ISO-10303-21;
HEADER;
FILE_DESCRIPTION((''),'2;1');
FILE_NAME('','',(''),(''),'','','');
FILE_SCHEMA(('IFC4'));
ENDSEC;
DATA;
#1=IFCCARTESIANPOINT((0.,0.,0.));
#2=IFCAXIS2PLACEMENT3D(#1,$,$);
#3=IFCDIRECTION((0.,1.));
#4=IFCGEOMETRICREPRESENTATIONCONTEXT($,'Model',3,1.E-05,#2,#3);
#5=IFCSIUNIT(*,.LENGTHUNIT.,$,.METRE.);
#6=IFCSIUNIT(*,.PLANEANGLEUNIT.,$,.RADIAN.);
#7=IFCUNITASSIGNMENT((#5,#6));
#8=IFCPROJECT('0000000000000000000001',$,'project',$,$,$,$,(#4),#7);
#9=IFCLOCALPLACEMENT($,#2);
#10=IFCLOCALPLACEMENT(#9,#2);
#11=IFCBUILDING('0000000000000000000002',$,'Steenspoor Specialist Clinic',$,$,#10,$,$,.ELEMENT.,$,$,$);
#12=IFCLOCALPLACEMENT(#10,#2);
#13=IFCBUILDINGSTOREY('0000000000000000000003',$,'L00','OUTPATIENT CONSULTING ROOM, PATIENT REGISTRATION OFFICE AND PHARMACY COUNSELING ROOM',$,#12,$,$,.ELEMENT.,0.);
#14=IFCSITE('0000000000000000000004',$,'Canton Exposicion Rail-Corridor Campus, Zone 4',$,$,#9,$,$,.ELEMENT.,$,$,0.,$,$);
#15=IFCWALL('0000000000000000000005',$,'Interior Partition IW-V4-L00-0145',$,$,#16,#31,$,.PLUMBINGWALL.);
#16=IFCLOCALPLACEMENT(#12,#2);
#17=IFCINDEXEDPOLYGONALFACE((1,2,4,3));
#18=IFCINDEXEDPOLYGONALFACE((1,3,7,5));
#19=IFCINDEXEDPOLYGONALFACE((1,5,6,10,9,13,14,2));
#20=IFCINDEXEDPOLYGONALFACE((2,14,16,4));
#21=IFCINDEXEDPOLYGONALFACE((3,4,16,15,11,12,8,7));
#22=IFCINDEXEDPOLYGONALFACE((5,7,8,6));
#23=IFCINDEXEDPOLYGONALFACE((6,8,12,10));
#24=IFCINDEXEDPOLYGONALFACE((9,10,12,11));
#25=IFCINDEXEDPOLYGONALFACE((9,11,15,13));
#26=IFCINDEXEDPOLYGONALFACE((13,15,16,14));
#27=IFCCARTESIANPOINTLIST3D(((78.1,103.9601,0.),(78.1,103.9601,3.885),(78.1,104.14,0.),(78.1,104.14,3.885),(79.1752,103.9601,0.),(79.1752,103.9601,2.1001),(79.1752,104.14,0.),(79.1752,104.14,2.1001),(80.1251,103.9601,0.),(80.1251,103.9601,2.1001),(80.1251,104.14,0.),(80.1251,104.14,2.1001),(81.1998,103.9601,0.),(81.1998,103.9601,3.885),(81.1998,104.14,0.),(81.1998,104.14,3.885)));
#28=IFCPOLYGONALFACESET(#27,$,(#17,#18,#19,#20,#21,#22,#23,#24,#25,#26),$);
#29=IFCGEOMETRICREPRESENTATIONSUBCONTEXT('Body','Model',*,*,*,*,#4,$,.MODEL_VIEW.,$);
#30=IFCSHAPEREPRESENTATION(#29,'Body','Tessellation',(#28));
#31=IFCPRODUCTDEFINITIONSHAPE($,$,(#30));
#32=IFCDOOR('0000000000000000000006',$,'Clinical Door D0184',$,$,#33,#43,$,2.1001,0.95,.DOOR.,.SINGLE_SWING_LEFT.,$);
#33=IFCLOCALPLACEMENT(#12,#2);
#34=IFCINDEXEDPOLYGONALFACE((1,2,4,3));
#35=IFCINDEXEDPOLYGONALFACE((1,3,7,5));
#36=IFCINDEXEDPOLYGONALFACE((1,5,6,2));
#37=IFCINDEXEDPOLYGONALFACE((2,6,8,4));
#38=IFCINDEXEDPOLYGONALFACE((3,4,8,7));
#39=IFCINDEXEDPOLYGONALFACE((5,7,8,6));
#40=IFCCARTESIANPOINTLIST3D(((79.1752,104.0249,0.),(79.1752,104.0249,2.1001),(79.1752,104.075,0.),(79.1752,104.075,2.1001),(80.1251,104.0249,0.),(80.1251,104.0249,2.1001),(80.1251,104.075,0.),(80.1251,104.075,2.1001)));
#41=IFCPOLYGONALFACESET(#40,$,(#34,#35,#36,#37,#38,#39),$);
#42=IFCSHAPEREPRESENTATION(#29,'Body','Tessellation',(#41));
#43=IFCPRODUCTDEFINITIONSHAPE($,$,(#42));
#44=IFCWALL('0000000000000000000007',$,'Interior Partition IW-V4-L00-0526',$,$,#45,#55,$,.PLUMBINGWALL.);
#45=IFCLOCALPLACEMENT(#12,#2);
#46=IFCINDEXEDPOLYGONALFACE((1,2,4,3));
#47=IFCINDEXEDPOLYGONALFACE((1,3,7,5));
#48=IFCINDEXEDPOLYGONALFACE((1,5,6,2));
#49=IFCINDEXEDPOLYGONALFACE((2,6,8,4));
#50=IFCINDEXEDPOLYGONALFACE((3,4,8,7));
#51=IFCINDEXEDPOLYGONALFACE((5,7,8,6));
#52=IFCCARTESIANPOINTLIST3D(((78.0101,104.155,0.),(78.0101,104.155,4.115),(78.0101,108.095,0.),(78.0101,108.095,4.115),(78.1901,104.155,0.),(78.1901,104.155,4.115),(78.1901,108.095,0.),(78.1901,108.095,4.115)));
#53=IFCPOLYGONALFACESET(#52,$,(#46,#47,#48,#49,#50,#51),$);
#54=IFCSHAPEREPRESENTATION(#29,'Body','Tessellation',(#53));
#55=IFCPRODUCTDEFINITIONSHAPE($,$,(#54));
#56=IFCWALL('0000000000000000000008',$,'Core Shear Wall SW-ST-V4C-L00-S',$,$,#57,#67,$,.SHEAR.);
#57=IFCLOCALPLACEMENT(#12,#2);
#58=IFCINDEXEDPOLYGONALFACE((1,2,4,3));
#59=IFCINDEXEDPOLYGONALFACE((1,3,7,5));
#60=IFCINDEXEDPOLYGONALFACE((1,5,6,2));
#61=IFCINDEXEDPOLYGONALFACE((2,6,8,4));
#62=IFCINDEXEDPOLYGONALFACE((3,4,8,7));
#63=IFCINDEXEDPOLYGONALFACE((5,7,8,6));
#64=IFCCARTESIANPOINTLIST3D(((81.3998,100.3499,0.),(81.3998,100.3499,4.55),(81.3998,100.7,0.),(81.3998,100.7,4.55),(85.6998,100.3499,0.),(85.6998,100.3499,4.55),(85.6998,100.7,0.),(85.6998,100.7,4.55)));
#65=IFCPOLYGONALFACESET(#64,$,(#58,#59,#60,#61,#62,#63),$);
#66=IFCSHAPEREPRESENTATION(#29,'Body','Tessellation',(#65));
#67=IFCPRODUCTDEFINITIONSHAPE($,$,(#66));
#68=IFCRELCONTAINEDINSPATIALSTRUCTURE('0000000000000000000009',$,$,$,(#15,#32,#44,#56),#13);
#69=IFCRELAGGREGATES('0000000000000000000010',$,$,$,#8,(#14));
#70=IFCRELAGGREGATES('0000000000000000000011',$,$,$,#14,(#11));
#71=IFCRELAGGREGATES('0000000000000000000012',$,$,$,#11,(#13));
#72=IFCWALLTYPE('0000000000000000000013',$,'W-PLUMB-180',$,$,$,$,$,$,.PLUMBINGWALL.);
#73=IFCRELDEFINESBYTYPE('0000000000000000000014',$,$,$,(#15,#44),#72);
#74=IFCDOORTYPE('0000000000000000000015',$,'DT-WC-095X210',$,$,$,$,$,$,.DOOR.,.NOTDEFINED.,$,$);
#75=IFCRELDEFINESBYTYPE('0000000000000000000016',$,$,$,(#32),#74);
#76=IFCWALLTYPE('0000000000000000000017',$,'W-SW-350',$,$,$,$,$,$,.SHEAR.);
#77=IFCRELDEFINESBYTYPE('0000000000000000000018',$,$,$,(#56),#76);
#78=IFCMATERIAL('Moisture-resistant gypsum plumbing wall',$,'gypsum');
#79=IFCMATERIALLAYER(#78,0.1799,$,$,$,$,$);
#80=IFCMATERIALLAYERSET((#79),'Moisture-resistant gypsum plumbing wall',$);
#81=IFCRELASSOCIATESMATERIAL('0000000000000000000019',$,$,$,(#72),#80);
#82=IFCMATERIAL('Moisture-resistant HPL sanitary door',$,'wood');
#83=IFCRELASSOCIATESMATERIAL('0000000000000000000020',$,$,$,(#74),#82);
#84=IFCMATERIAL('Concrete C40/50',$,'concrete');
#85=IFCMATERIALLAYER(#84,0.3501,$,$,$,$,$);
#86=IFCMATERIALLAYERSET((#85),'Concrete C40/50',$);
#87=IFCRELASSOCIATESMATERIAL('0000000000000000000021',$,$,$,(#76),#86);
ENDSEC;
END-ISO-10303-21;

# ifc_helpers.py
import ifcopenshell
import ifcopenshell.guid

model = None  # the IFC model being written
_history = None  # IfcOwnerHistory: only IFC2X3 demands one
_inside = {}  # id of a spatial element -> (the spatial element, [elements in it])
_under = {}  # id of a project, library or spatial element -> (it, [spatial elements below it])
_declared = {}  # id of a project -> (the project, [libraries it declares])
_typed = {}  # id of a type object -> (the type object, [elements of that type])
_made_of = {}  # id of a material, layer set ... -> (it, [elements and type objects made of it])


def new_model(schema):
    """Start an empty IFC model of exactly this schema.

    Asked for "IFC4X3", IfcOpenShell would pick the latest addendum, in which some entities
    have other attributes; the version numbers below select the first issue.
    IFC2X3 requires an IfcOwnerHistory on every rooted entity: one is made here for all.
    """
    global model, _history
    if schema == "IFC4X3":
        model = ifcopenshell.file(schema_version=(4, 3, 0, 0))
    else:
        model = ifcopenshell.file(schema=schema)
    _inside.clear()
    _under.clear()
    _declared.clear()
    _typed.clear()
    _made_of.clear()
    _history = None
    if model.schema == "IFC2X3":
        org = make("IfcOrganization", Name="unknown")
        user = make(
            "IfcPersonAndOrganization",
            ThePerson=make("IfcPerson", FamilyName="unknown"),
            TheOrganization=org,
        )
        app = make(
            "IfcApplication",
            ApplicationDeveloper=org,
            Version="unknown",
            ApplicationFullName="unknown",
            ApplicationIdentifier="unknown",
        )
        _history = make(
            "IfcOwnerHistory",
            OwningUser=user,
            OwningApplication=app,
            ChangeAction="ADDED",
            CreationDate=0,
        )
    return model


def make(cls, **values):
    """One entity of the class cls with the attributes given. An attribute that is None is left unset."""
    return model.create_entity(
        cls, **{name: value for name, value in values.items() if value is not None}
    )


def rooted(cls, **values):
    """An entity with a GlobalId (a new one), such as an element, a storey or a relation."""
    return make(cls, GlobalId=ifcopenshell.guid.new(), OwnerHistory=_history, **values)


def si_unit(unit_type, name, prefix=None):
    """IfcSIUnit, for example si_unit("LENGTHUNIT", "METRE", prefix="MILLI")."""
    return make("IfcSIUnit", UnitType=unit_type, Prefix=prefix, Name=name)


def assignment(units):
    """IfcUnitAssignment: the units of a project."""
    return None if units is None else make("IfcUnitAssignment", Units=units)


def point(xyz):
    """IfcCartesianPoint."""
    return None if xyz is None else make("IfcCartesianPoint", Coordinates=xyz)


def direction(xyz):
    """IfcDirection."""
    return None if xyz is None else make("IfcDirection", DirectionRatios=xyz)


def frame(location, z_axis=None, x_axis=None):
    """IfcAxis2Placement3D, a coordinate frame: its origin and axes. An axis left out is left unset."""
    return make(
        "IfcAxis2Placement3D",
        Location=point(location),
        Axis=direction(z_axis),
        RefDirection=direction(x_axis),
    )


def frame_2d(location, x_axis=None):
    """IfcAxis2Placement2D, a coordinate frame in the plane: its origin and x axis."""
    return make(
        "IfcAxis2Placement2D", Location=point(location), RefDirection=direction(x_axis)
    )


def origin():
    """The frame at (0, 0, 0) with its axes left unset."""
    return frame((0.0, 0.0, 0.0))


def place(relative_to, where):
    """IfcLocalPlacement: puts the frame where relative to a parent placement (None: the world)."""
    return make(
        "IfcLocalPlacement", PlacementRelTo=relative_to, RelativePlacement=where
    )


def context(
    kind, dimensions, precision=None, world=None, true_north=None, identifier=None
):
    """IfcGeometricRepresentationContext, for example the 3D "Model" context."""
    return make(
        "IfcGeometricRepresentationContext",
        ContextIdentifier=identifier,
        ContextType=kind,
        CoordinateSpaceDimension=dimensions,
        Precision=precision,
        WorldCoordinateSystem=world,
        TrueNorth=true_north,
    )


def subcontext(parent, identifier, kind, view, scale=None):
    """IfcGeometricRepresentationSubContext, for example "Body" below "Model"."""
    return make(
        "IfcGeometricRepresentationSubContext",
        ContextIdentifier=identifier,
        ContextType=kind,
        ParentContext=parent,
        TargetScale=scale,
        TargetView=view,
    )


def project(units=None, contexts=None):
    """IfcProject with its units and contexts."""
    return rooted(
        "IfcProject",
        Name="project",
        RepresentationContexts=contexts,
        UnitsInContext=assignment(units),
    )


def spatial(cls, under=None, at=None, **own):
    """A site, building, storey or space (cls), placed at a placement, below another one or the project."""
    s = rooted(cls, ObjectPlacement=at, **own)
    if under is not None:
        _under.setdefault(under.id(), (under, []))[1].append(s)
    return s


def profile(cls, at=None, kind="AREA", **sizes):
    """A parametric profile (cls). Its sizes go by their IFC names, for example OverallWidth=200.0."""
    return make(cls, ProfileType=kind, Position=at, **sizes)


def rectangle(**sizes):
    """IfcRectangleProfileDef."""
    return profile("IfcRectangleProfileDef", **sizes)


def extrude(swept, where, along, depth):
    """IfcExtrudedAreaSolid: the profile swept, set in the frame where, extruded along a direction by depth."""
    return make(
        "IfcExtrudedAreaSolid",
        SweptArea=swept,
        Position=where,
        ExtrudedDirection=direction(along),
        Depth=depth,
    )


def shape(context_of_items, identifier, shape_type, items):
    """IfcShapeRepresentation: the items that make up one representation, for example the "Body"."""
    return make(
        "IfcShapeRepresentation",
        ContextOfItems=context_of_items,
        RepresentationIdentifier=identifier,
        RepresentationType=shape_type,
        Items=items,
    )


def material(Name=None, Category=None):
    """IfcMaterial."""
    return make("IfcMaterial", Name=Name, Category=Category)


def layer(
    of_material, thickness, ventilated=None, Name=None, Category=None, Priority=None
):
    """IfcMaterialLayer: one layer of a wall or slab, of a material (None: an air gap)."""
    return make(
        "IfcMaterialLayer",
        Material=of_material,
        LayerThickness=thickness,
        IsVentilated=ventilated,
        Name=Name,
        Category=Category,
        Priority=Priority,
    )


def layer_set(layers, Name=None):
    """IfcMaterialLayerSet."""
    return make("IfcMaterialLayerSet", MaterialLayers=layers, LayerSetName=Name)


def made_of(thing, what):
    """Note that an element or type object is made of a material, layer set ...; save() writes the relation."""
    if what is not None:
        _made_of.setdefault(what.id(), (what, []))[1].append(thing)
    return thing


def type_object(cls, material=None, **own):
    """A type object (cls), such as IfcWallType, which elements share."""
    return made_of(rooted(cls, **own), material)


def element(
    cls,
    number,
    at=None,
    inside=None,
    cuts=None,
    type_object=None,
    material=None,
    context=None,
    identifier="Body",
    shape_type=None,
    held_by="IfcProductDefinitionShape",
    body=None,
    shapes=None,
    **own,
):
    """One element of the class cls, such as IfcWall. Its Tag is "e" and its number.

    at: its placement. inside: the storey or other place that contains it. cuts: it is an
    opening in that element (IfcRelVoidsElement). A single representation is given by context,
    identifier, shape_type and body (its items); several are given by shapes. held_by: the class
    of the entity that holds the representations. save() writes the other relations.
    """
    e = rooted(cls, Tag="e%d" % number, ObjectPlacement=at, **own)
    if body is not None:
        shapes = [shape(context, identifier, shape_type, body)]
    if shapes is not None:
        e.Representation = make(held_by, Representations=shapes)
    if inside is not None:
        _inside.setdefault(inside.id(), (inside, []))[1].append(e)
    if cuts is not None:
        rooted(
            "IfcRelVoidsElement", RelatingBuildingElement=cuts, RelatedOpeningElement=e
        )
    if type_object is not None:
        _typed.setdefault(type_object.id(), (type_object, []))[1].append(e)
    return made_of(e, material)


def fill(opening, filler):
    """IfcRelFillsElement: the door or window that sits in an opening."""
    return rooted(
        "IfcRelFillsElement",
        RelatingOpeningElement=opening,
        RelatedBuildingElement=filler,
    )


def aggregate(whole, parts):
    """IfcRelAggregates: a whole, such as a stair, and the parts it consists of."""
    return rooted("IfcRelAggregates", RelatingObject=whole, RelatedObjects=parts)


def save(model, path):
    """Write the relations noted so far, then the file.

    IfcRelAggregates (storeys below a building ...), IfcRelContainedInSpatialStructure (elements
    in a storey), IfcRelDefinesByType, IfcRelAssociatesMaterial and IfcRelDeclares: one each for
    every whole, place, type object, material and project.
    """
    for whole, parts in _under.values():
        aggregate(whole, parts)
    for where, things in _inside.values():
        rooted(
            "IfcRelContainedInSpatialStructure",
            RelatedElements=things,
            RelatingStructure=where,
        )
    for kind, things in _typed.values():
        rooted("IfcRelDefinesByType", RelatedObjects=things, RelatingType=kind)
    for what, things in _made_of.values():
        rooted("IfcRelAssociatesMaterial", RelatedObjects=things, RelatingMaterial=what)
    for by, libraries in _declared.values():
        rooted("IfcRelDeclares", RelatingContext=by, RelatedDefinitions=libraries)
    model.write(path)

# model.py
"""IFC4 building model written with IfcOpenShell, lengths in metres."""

from ifc_helpers import new_model, si_unit, direction, frame, frame_2d, origin, place, context, subcontext, project, spatial, rectangle, extrude, material, layer, layer_set, type_object, element, fill, save


model = new_model("IFC4")

# Units and contexts
model_context = context("Model", 3, precision=1e-05, world=origin(), true_north=direction((0.0, 1.0)))
body_context = subcontext(model_context, "Body", "Model", "MODEL_VIEW")
ifc_project = project(units=[si_unit("LENGTHUNIT", "METRE"), si_unit("PLANEANGLEUNIT", "RADIAN")], contexts=[model_context])

# Site, building, storey
site_placement = place(None, origin())
site = spatial("IfcSite", under=ifc_project, at=site_placement, Name="Canton Exposicion Rail-Corridor Campus, Zone 4", CompositionType="ELEMENT", RefElevation=0.0)
building_placement = place(site_placement, origin())
building = spatial("IfcBuilding", under=site, at=building_placement, Name="Steenspoor Specialist Clinic", CompositionType="ELEMENT")
storey_placement = place(building_placement, origin())
storey = spatial("IfcBuildingStorey", under=building, at=storey_placement, Name="L00", Description="OUTPATIENT CONSULTING ROOM, PATIENT REGISTRATION OFFICE AND PHARMACY COUNSELING ROOM", CompositionType="ELEMENT", Elevation=0.0)

# Shared definitions
ifc_material_1 = material(Name="Concrete C40/50", Category="concrete")

# Wall, opening, door
ifc_material_2 = material(Name="Moisture-resistant gypsum plumbing wall", Category="gypsum")
ifc_layer_1 = layer(ifc_material_2, 0.1799)
ifc_layer_set_1 = layer_set([ifc_layer_1], Name="Moisture-resistant gypsum plumbing wall")
wall_type_1 = type_object("IfcWallType", Name="W-PLUMB-180", PredefinedType="PLUMBINGWALL", material=ifc_layer_set_1)
wall_1_placement = place(storey_placement, frame((78.1001, 104.05, 0.0), z_axis=(0.0, 0.0, 1.0), x_axis=(1.0, 0.0, 0.0)))
wall_1 = element("IfcWall", 1, at=wall_1_placement, inside=storey, type_object=wall_type_1, Name="Interior Partition IW-V4-L00-0145", PredefinedType="PLUMBINGWALL", context=body_context, shape_type="SweptSolid", body=[
    extrude(rectangle(XDim=3.0999, YDim=0.1799, at=frame_2d((1.5498, 0.0))), origin(), (0.0, 0.0, 1.0), 3.885),
])
opening_1_placement = place(wall_1_placement, frame((1.075, 0.0, 0.0)))
opening_1 = element("IfcOpeningElement", 2, at=opening_1_placement, cuts=wall_1, PredefinedType="OPENING", context=body_context, shape_type="SweptSolid", body=[
    extrude(rectangle(XDim=0.95, YDim=2.1001, at=frame_2d((0.4751, 1.05))), frame((0.0, 0.1001, 0.0), z_axis=(0.0, -1.0, 0.0), x_axis=(1.0, 0.0, 0.0)), (0.0, 0.0, 1.0), 0.2),
])
ifc_material_3 = material(Name="Moisture-resistant HPL sanitary door", Category="wood")
door_type_1 = type_object("IfcDoorType", Name="DT-WC-095X210", OperationType="NOTDEFINED", PredefinedType="DOOR", material=ifc_material_3)
door_1_placement = place(opening_1_placement, origin())
door_1 = element("IfcDoor", 3, at=door_1_placement, inside=storey, type_object=door_type_1, Name="Clinical Door D0184", OperationType="SINGLE_SWING_LEFT", OverallHeight=2.1001, OverallWidth=0.95, PredefinedType="DOOR", context=body_context, shape_type="SweptSolid", body=[
    extrude(rectangle(XDim=0.95, YDim=2.1001, at=frame_2d((0.4751, 1.05))), frame((0.0, 0.0249, 0.0), z_axis=(0.0, -1.0, 0.0), x_axis=(1.0, 0.0, 0.0)), (0.0, 0.0, 1.0), 0.05),
])
fill(opening_1, door_1)

# Walls
wall_2_placement = place(storey_placement, frame((78.1001, 104.155, 0.0), z_axis=(0.0, 0.0, 1.0), x_axis=(0.0, 1.0, 0.0)))
element("IfcWall", 4, at=wall_2_placement, inside=storey, type_object=wall_type_1, Name="Interior Partition IW-V4-L00-0526", PredefinedType="PLUMBINGWALL", context=body_context, shape_type="SweptSolid", body=[
    extrude(rectangle(XDim=3.9399, YDim=0.1799, at=frame_2d((1.97, 0.0))), origin(), (0.0, 0.0, 1.0), 4.115),
])
ifc_layer_2 = layer(ifc_material_1, 0.3501)
ifc_layer_set_2 = layer_set([ifc_layer_2], Name="Concrete C40/50")
wall_type_2 = type_object("IfcWallType", Name="W-SW-350", PredefinedType="SHEAR", material=ifc_layer_set_2)
wall_3_placement = place(storey_placement, frame((81.3999, 100.5249, 0.0), z_axis=(0.0, 0.0, 1.0), x_axis=(1.0, 0.0, 0.0)))
element("IfcWall", 5, at=wall_3_placement, inside=storey, type_object=wall_type_2, Name="Core Shear Wall SW-ST-V4C-L00-S", PredefinedType="SHEAR", context=body_context, shape_type="SweptSolid", body=[
    extrude(rectangle(XDim=4.3, YDim=0.3501, at=frame_2d((2.1499, 0.0))), origin(), (0.0, 0.0, 1.0), 4.55),
])

save(model, "model.ifc")
